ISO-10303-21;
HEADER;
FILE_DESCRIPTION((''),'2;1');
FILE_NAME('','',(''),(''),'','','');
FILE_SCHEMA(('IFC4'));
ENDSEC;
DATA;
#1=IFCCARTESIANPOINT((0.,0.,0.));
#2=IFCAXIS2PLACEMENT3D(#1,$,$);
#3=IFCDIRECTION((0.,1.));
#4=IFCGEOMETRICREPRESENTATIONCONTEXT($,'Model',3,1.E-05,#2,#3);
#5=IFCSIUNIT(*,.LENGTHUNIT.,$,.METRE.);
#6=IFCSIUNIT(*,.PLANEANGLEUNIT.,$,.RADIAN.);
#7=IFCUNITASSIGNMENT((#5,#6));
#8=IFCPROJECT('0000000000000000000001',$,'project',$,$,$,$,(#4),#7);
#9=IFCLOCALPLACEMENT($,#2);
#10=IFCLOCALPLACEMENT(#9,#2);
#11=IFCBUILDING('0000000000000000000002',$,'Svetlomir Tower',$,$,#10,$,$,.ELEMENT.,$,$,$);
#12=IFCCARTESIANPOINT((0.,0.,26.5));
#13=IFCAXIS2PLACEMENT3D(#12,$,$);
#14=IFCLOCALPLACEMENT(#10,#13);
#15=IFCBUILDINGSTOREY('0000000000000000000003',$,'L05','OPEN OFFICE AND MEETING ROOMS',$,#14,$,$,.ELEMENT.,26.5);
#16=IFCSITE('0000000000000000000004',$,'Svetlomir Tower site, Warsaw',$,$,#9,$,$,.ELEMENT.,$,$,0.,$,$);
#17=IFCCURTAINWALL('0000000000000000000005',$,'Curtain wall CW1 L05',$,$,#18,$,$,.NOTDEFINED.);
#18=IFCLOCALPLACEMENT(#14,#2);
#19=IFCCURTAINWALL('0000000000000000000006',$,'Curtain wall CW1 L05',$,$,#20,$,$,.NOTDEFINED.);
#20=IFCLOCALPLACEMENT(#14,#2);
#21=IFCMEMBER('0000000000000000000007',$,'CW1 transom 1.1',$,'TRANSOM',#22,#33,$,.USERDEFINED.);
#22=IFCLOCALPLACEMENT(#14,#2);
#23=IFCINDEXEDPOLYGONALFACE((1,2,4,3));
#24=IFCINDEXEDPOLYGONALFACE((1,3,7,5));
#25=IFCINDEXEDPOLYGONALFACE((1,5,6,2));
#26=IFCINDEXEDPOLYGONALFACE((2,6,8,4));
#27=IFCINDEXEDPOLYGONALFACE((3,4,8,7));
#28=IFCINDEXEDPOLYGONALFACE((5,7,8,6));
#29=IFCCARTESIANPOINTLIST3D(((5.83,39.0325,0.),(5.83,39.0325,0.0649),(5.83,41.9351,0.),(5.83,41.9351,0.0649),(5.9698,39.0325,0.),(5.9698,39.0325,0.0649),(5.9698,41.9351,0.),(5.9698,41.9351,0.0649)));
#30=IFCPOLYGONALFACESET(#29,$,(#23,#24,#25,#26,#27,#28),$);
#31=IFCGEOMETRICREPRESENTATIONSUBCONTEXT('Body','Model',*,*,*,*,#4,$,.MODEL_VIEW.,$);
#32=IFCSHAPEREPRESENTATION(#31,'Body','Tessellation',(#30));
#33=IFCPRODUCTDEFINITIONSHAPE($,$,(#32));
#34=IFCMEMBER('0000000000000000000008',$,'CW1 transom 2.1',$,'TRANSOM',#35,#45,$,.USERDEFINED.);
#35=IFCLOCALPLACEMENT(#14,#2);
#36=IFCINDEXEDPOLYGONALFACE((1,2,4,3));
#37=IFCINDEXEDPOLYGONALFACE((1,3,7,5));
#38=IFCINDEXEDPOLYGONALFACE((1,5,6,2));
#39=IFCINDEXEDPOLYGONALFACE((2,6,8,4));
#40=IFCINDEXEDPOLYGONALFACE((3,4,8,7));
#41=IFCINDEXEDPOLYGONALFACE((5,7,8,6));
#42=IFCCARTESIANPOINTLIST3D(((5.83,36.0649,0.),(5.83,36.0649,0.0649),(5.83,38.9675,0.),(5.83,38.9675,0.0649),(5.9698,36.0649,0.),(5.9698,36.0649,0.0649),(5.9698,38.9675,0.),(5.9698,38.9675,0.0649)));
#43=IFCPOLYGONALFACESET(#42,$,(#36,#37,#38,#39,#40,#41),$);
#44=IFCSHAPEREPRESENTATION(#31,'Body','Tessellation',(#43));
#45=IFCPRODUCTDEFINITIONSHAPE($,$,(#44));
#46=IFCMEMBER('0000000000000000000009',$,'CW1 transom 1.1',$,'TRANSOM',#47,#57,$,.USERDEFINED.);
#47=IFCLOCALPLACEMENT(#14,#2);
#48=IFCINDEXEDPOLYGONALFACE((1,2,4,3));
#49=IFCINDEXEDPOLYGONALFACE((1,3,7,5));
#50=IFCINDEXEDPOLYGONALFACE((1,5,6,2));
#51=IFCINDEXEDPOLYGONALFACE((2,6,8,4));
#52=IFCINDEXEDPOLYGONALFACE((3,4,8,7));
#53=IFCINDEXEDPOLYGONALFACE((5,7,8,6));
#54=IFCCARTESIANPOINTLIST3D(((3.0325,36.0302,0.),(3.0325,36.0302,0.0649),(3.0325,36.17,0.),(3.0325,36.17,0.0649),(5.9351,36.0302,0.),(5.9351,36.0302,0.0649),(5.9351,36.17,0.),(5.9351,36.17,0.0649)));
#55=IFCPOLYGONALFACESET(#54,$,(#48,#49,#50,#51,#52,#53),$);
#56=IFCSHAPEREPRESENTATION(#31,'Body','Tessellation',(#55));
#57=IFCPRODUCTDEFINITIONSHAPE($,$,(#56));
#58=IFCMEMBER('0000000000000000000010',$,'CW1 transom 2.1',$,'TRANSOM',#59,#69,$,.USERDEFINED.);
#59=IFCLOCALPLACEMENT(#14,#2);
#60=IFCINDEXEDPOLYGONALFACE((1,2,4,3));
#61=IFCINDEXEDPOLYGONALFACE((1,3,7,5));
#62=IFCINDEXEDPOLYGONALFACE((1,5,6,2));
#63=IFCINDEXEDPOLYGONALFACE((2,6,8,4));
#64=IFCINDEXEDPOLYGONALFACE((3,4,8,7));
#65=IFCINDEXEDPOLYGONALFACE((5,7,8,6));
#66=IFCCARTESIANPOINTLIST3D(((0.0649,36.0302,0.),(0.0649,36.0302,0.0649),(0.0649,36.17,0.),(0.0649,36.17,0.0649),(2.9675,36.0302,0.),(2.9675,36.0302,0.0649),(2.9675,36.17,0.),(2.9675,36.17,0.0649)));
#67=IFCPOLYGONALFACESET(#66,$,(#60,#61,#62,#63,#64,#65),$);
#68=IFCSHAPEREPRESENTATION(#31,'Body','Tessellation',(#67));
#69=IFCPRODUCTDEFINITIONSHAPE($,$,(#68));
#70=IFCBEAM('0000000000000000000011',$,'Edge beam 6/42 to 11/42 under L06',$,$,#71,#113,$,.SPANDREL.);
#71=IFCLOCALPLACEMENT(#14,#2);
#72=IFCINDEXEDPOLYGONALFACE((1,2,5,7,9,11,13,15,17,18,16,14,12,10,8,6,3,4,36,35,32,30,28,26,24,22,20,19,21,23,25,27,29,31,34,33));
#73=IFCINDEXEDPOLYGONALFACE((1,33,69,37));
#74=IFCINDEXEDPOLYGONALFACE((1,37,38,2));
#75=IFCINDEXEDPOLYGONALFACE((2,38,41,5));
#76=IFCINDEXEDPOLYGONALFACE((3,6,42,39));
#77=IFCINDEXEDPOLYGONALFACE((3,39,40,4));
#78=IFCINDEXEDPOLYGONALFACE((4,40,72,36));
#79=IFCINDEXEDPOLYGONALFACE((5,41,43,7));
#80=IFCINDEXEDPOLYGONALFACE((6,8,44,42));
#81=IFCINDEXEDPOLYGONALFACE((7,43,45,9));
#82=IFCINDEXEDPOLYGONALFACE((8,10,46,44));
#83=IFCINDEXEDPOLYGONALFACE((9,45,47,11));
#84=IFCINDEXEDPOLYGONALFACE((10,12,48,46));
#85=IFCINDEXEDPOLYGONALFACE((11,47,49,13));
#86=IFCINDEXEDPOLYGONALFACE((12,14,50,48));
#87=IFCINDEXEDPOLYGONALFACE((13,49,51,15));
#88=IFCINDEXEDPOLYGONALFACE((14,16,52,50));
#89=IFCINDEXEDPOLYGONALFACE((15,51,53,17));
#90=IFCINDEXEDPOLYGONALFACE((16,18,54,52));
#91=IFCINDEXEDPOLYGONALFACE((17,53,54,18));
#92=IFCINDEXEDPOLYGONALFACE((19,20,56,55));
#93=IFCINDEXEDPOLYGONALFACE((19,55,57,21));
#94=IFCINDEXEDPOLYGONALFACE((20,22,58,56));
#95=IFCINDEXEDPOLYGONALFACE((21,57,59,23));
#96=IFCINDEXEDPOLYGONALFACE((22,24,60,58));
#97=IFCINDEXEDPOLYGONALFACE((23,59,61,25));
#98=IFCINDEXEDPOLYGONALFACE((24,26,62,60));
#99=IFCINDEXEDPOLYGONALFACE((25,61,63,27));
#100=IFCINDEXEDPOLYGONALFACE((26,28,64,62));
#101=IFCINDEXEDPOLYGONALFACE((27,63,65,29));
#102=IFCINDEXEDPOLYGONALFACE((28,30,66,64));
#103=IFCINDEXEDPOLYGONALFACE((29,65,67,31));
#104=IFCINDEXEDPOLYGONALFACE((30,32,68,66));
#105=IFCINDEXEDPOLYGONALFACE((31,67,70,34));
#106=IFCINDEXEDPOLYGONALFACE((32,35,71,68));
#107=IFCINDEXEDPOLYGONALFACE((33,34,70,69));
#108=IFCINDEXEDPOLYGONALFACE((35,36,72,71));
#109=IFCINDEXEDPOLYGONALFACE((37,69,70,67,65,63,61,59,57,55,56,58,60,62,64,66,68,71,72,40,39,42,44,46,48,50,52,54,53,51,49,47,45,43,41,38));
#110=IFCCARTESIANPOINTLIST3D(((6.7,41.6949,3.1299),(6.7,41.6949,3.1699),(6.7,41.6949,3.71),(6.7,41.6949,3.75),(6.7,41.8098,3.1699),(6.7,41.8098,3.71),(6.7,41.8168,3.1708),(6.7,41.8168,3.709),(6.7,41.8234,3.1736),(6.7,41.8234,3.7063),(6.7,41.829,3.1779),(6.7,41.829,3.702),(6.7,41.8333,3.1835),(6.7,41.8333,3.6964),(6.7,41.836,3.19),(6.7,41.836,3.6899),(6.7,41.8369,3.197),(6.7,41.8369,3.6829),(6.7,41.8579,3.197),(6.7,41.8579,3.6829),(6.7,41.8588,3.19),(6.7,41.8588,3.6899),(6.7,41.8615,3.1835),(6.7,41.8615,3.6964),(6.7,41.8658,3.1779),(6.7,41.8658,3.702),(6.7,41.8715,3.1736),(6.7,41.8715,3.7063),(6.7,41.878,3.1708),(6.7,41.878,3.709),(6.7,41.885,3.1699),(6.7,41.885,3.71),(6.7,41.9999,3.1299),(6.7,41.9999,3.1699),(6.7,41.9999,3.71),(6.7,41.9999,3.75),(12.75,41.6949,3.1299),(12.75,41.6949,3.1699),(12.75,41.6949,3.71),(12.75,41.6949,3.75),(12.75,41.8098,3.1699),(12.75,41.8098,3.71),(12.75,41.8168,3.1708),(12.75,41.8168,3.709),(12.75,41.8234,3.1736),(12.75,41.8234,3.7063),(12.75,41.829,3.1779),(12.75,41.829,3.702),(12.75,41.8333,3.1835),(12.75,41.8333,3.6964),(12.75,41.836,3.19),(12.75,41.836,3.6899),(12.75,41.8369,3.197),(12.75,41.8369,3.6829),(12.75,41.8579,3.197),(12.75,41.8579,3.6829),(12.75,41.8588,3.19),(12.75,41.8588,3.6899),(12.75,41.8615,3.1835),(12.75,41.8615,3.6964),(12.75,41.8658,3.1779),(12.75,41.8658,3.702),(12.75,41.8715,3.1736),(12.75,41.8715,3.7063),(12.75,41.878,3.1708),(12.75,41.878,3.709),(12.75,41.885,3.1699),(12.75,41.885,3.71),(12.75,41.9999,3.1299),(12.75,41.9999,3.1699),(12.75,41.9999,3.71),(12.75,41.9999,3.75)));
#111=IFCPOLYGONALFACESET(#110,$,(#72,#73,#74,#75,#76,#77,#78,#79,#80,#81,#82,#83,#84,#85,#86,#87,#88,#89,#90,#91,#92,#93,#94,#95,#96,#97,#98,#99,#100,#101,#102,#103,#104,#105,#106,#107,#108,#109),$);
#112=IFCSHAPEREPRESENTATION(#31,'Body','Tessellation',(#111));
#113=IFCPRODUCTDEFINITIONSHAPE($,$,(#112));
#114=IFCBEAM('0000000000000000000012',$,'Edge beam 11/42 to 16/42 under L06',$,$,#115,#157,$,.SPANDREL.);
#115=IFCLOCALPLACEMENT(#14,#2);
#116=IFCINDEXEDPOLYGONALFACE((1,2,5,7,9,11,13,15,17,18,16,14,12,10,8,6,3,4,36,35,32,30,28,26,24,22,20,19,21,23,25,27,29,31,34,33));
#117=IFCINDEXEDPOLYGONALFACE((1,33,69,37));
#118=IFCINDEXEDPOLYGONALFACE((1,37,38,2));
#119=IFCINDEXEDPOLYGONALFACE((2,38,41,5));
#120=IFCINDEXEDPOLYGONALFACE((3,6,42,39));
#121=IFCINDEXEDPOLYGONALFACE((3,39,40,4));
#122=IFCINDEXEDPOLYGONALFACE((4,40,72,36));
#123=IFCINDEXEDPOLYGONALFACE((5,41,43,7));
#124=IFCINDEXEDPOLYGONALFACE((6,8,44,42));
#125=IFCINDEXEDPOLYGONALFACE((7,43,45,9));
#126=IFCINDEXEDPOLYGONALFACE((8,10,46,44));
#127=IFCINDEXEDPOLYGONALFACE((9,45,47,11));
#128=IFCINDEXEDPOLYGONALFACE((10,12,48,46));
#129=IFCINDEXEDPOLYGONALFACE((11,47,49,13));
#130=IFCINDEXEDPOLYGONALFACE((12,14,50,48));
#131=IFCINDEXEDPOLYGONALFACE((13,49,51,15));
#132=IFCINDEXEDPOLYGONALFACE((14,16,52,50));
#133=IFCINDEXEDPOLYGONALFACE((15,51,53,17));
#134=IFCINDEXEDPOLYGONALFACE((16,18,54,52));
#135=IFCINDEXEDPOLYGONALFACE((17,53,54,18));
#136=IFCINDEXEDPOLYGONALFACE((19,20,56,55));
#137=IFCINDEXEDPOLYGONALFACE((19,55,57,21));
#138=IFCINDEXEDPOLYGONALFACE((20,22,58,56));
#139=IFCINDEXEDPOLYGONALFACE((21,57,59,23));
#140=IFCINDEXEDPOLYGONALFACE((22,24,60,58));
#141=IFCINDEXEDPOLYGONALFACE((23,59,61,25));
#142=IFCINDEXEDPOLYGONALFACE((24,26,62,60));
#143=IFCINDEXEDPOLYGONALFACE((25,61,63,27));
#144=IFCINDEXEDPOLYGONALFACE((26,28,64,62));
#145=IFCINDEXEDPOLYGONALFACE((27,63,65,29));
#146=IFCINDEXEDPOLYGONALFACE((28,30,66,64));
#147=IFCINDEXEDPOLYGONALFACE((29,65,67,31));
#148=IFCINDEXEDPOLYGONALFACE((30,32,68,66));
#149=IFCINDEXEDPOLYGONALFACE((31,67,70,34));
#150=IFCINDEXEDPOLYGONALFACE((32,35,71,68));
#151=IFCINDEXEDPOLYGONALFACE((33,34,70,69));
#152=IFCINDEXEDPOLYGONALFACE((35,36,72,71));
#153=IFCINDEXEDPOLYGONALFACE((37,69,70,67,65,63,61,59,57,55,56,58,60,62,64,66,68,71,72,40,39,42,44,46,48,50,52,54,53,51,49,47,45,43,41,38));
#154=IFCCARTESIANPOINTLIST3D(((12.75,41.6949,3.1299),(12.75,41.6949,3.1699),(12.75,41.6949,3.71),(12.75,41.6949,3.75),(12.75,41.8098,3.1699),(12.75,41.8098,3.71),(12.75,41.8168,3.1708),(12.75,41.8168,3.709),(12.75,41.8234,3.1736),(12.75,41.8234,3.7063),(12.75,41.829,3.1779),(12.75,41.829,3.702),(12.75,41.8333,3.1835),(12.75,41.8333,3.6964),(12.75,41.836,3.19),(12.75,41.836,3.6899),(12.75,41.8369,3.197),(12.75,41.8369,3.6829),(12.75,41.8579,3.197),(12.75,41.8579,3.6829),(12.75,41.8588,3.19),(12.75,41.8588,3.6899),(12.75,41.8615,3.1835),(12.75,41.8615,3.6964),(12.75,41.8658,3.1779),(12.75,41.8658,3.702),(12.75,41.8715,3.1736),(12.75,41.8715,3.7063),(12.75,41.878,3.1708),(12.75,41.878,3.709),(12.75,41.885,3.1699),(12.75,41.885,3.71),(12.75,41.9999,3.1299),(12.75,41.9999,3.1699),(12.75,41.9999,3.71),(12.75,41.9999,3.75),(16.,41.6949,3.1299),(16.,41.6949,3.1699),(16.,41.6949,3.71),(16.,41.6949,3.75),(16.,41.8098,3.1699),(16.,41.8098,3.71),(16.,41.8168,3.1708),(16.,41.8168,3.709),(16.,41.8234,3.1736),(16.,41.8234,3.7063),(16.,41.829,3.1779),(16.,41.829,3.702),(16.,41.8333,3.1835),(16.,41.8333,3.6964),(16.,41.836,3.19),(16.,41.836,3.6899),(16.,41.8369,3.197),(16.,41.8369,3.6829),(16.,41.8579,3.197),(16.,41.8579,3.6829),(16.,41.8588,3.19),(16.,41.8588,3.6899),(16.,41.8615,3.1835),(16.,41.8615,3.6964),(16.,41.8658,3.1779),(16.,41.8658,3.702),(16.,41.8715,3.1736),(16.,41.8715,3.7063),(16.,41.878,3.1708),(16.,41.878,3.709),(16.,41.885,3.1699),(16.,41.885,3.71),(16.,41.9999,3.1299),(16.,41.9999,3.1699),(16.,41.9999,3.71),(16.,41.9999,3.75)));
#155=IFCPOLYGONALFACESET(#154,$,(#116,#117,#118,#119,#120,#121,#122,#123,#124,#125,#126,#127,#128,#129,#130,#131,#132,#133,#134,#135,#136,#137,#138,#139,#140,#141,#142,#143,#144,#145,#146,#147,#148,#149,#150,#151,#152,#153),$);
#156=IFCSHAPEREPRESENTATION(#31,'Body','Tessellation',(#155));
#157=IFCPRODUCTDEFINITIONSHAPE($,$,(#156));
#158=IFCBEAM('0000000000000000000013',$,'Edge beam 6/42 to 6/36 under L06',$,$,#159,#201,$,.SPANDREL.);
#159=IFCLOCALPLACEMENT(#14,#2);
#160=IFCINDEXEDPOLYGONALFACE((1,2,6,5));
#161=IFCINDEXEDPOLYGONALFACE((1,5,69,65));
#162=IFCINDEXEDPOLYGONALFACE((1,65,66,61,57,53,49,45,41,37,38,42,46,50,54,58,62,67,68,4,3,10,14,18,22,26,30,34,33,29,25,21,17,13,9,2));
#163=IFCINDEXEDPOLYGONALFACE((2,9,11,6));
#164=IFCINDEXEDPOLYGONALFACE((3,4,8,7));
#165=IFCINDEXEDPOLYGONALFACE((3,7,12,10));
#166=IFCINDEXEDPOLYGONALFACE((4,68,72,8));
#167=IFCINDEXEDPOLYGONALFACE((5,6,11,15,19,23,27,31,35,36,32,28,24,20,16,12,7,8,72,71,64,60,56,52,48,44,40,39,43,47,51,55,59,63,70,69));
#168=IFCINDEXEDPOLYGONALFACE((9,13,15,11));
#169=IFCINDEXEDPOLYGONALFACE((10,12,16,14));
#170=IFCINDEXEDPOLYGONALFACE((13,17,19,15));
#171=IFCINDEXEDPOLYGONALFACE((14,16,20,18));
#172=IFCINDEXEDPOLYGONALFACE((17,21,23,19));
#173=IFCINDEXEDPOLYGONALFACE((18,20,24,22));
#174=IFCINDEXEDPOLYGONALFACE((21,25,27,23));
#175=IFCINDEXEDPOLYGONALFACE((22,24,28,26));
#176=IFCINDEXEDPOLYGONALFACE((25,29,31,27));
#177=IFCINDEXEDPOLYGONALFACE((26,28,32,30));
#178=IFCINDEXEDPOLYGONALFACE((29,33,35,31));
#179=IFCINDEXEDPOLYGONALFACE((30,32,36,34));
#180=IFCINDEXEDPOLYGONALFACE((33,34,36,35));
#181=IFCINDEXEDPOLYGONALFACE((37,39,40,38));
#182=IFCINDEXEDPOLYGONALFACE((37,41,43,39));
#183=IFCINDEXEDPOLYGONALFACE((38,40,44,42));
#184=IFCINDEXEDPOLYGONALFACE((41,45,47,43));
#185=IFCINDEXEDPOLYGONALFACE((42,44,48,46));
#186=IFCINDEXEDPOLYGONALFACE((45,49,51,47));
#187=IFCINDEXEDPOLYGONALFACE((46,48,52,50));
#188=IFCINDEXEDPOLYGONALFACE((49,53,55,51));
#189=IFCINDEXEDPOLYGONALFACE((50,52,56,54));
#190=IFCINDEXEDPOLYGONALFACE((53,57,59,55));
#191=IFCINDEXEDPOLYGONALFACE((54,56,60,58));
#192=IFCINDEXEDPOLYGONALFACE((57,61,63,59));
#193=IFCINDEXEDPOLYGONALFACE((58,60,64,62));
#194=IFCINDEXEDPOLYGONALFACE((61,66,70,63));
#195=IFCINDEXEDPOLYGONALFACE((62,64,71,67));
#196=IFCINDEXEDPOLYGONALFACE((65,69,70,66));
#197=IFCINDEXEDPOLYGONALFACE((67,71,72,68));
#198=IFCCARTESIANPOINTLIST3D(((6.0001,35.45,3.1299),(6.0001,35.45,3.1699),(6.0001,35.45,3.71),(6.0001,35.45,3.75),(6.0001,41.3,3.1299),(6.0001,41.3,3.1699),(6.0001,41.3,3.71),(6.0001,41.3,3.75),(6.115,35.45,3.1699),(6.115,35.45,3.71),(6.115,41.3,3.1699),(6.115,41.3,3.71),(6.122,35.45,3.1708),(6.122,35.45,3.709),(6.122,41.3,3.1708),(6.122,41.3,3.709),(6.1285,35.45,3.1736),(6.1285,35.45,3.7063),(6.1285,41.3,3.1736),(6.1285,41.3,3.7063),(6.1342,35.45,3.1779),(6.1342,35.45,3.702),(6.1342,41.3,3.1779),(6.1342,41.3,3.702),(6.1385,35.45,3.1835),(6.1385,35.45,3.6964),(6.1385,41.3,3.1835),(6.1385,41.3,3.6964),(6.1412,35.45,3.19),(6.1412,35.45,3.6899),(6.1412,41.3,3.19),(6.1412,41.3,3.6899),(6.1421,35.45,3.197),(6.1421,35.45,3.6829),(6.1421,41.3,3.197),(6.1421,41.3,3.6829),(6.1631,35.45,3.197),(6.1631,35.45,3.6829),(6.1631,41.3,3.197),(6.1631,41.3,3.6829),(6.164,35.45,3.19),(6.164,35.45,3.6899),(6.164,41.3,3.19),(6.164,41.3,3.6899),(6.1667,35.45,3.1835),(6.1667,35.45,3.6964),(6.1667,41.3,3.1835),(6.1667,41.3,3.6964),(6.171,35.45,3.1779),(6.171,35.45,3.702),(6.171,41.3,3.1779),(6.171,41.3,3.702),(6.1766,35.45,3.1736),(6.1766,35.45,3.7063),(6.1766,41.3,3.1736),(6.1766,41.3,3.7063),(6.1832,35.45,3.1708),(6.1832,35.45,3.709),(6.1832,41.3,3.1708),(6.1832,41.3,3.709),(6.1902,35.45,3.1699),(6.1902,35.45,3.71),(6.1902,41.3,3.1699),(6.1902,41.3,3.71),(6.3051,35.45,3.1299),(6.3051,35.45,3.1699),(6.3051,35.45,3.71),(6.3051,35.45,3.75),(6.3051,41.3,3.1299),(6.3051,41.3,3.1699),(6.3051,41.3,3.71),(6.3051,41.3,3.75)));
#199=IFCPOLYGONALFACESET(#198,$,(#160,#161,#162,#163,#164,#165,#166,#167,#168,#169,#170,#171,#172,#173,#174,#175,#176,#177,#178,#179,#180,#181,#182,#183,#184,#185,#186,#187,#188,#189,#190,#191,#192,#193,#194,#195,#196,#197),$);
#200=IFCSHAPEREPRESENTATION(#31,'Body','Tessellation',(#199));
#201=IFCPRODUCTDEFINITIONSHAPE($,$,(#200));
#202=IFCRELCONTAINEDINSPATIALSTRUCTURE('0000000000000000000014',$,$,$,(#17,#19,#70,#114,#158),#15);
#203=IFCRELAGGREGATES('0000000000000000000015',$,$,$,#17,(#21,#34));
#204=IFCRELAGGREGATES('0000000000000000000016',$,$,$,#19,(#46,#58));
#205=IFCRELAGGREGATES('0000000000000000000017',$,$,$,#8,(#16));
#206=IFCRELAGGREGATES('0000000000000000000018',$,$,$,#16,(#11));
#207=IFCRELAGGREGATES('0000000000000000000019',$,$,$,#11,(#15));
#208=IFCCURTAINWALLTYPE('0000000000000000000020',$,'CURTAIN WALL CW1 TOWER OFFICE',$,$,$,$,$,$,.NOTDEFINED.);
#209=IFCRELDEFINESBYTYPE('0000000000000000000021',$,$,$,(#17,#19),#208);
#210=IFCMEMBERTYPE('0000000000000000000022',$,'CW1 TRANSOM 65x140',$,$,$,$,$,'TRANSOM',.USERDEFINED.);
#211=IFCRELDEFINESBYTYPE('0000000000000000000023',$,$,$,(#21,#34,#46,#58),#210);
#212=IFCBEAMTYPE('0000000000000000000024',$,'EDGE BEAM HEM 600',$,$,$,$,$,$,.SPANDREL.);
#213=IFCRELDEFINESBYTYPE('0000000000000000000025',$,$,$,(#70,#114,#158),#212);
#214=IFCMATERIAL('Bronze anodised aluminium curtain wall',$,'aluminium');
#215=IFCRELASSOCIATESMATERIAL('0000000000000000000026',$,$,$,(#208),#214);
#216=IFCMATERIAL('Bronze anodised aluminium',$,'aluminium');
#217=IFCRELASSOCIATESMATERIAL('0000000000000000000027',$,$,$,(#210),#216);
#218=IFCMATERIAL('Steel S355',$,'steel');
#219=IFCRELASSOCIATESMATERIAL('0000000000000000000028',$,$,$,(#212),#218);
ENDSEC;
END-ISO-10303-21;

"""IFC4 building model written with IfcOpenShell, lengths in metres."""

from ifc_helpers import new_model, si_unit, direction, frame, origin, origin_2d, place, context, subcontext, project, spatial, rectangle, i_section, extrude, material, material_profile, profile_set, type_object, element, aggregate, save


model = new_model("IFC4")

# Units and contexts
model_context = context("Model", 3, precision=1e-05, world=origin(), true_north=direction((0.0, 1.0)))
body_context = subcontext(model_context, "Body", "Model", "MODEL_VIEW")
ifc_project = project(units=[si_unit("LENGTHUNIT", "METRE"), si_unit("PLANEANGLEUNIT", "RADIAN")], contexts=[model_context])

# Site, building, storey
site_placement = place(None, origin())
site = spatial("IfcSite", under=ifc_project, at=site_placement, Name="Svetlomir Tower site, Warsaw", CompositionType="ELEMENT", RefElevation=0.0)
building_placement = place(site_placement, origin())
building = spatial("IfcBuilding", under=site, at=building_placement, Name="Svetlomir Tower", CompositionType="ELEMENT")
storey_placement = place(building_placement, frame((0.0, 0.0, 26.5)))
storey = spatial("IfcBuildingStorey", under=building, at=storey_placement, Name="L05", Description="OPEN OFFICE AND MEETING ROOMS", CompositionType="ELEMENT", Elevation=26.5)

# Curtain walls
ifc_material_1 = material(Name="Bronze anodised aluminium curtain wall", Category="aluminium")
curtain_wall_type = type_object("IfcCurtainWallType", Name="CURTAIN WALL CW1 TOWER OFFICE", PredefinedType="NOTDEFINED", material=ifc_material_1)
curtain_wall_1_placement = place(storey_placement, origin())
curtain_wall_1 = element("IfcCurtainWall", 1, at=curtain_wall_1_placement, inside=storey, type_object=curtain_wall_type, Name="Curtain wall CW1 L05", PredefinedType="NOTDEFINED")
curtain_wall_2_placement = place(storey_placement, origin())
curtain_wall_2 = element("IfcCurtainWall", 2, at=curtain_wall_2_placement, inside=storey, type_object=curtain_wall_type, Name="Curtain wall CW1 L05", PredefinedType="NOTDEFINED")

# Members
ifc_material_2 = material(Name="Bronze anodised aluminium", Category="aluminium")
ifc_material_profile_1 = material_profile(ifc_material_2, rectangle(XDim=0.1399, YDim=0.0649, at=origin_2d()), Name="AL 140x65")
ifc_profile_set_1 = profile_set([ifc_material_profile_1], Name="Bronze anodised aluminium 6063-T6")
member_type_1 = type_object("IfcMemberType", Name="CW1 TRANSOM 65x140", ElementType="TRANSOM", PredefinedType="USERDEFINED", material=ifc_profile_set_1)
member_1_placement = place(storey_placement, frame((5.8999, 41.9351, 0.0325), z_axis=(0.0, -1.0, 0.0), x_axis=(1.0, 0.0, 0.0)))
member_1 = element("IfcMember", 3, at=member_1_placement, type_object=member_type_1, Name="CW1 transom 1.1", ObjectType="TRANSOM", PredefinedType="USERDEFINED", context=body_context, shape_type="SweptSolid", body=[
    extrude(rectangle(XDim=0.1399, YDim=0.0649, at=origin_2d()), origin(), (0.0, 0.0, 1.0), 2.9026),
])
member_2_placement = place(storey_placement, frame((5.8999, 38.9675, 0.0325), z_axis=(0.0, -1.0, 0.0), x_axis=(1.0, 0.0, 0.0)))
member_2 = element("IfcMember", 4, at=member_2_placement, type_object=member_type_1, Name="CW1 transom 2.1", ObjectType="TRANSOM", PredefinedType="USERDEFINED", context=body_context, shape_type="SweptSolid", body=[
    extrude(rectangle(XDim=0.1399, YDim=0.0649, at=origin_2d()), origin(), (0.0, 0.0, 1.0), 2.9026),
])
member_3_placement = place(storey_placement, frame((5.9351, 36.1001, 0.0325), z_axis=(-1.0, 0.0, 0.0), x_axis=(0.0, -1.0, 0.0)))
member_3 = element("IfcMember", 5, at=member_3_placement, type_object=member_type_1, Name="CW1 transom 1.1", ObjectType="TRANSOM", PredefinedType="USERDEFINED", context=body_context, shape_type="SweptSolid", body=[
    extrude(rectangle(XDim=0.1399, YDim=0.0649, at=origin_2d()), origin(), (0.0, 0.0, 1.0), 2.9026),
])
member_4_placement = place(storey_placement, frame((2.9675, 36.1001, 0.0325), z_axis=(-1.0, 0.0, 0.0), x_axis=(0.0, -1.0, 0.0)))
member_4 = element("IfcMember", 6, at=member_4_placement, type_object=member_type_1, Name="CW1 transom 2.1", ObjectType="TRANSOM", PredefinedType="USERDEFINED", context=body_context, shape_type="SweptSolid", body=[
    extrude(rectangle(XDim=0.1399, YDim=0.0649, at=origin_2d()), origin(), (0.0, 0.0, 1.0), 2.9026),
])

# Beams
ifc_material_3 = material(Name="Steel S355", Category="steel")
ifc_material_profile_2 = material_profile(ifc_material_3, i_section(OverallWidth=0.3049, OverallDepth=0.6201, WebThickness=0.021, FlangeThickness=0.04, FilletRadius=0.0271, at=origin_2d()), Name="HEM 600")
ifc_profile_set_2 = profile_set([ifc_material_profile_2], Name="Steel S355")
beam_type = type_object("IfcBeamType", Name="EDGE BEAM HEM 600", PredefinedType="SPANDREL", material=ifc_profile_set_2)
beam_1_placement = place(storey_placement, frame((6.7, 41.8474, 3.4399), z_axis=(1.0, 0.0, 0.0), x_axis=(0.0, 1.0, 0.0)))
element("IfcBeam", 7, at=beam_1_placement, inside=storey, type_object=beam_type, Name="Edge beam 6/42 to 11/42 under L06", PredefinedType="SPANDREL", context=body_context, shape_type="SweptSolid", body=[
    extrude(i_section(OverallWidth=0.3049, OverallDepth=0.6201, WebThickness=0.021, FlangeThickness=0.04, FilletRadius=0.0271, at=origin_2d()), origin(), (0.0, 0.0, 1.0), 6.05),
])
beam_2_placement = place(storey_placement, frame((12.75, 41.8474, 3.4399), z_axis=(1.0, 0.0, 0.0), x_axis=(0.0, 1.0, 0.0)))
element("IfcBeam", 8, at=beam_2_placement, inside=storey, type_object=beam_type, Name="Edge beam 11/42 to 16/42 under L06", PredefinedType="SPANDREL", context=body_context, shape_type="SweptSolid", body=[
    extrude(i_section(OverallWidth=0.3049, OverallDepth=0.6201, WebThickness=0.021, FlangeThickness=0.04, FilletRadius=0.0271, at=origin_2d()), origin(), (0.0, 0.0, 1.0), 3.25),
])
beam_3_placement = place(storey_placement, frame((6.1526, 41.3, 3.4399), z_axis=(0.0, -1.0, 0.0), x_axis=(1.0, 0.0, 0.0)))
element("IfcBeam", 9, at=beam_3_placement, inside=storey, type_object=beam_type, Name="Edge beam 6/42 to 6/36 under L06", PredefinedType="SPANDREL", context=body_context, shape_type="SweptSolid", body=[
    extrude(i_section(OverallWidth=0.3049, OverallDepth=0.6201, WebThickness=0.021, FlangeThickness=0.04, FilletRadius=0.0271, at=origin_2d()), origin(), (0.0, 0.0, 1.0), 5.8501),
])

aggregate(curtain_wall_1, [member_1, member_2])
aggregate(curtain_wall_2, [member_3, member_4])

save(model, "model.ifc")
